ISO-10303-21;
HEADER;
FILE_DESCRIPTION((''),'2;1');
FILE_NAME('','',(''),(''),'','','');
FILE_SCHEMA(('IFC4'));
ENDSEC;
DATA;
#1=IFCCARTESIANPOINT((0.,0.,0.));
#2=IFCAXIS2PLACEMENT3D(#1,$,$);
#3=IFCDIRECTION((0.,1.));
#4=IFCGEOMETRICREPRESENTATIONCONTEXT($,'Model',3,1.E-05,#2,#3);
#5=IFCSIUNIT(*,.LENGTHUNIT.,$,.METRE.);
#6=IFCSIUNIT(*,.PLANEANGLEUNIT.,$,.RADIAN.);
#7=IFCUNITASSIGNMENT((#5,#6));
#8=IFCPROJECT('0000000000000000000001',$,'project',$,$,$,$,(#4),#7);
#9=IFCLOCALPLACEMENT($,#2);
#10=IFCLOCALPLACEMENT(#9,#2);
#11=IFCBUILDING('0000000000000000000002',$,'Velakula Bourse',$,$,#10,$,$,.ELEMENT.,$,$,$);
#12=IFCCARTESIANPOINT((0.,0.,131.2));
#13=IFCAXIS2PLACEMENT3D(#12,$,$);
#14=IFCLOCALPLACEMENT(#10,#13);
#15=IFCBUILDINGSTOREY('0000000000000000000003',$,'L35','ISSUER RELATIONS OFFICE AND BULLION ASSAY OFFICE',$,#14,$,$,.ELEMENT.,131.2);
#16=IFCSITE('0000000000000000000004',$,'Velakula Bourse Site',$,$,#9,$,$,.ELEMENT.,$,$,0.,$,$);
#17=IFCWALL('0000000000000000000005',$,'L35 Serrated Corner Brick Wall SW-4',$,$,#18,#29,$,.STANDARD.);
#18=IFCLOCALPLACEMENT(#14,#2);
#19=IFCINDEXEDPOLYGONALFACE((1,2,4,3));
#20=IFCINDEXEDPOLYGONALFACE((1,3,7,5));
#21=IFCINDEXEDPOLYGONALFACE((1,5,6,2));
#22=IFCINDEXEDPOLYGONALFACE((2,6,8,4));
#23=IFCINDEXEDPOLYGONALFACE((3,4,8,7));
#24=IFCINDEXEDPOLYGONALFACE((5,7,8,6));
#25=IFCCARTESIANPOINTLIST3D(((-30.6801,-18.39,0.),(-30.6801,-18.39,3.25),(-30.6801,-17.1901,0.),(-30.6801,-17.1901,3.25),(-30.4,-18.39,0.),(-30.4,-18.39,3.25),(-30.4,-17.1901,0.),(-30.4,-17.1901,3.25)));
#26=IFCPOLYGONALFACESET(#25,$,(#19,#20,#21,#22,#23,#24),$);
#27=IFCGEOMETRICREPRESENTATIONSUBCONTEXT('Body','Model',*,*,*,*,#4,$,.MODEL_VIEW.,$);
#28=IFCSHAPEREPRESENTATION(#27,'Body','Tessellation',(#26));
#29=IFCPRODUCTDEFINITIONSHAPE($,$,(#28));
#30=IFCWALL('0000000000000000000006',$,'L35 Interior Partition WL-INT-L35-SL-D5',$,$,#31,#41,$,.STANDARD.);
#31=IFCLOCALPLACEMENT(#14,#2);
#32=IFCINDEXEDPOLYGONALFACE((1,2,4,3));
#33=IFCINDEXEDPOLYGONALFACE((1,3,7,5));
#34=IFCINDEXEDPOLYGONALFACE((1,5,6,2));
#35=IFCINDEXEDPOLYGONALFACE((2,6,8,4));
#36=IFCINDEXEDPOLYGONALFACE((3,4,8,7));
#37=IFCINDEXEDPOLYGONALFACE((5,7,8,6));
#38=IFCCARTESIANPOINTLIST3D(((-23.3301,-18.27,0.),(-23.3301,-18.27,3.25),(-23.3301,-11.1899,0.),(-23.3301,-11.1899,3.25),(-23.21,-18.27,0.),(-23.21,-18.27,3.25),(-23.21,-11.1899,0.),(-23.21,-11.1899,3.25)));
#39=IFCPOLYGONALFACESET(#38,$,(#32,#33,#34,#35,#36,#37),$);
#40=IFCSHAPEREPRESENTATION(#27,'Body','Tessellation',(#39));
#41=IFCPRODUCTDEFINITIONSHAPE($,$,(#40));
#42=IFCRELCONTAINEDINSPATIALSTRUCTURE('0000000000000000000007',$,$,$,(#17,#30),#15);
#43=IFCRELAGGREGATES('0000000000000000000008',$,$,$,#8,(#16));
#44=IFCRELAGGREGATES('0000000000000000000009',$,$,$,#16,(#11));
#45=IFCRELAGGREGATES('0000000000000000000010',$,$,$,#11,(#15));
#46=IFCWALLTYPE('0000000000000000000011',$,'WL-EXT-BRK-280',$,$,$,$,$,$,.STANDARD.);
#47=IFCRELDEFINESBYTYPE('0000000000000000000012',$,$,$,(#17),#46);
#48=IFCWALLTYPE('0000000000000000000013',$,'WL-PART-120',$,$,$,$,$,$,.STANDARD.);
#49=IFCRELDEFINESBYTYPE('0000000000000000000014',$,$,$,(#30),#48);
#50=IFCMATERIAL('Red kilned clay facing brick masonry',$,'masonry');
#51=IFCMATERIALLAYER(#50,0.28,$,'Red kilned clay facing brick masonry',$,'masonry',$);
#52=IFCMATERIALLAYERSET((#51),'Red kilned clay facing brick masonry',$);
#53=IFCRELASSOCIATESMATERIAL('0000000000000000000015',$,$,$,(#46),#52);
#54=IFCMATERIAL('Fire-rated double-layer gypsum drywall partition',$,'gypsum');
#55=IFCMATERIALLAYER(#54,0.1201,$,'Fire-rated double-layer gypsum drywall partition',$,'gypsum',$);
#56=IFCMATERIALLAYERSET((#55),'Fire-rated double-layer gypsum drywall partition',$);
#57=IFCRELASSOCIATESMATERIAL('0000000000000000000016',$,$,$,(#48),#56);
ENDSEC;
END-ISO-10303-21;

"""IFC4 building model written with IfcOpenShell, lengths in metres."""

from ifc_helpers import new_model, si_unit, direction, frame, frame_2d, origin, place, context, subcontext, project, spatial, rectangle, extrude, material, layer, layer_set, type_object, element, save


model = new_model("IFC4")

# Units and contexts
model_context = context("Model", 3, precision=1e-05, world=origin(), true_north=direction((0.0, 1.0)))
body_context = subcontext(model_context, "Body", "Model", "MODEL_VIEW")
ifc_project = project(units=[si_unit("LENGTHUNIT", "METRE"), si_unit("PLANEANGLEUNIT", "RADIAN")], contexts=[model_context])

# Site, building, storey
site_placement = place(None, origin())
site = spatial("IfcSite", under=ifc_project, at=site_placement, Name="Velakula Bourse Site", CompositionType="ELEMENT", RefElevation=0.0)
building_placement = place(site_placement, origin())
building = spatial("IfcBuilding", under=site, at=building_placement, Name="Velakula Bourse", CompositionType="ELEMENT")
storey_placement = place(building_placement, frame((0.0, 0.0, 131.2)))
storey = spatial("IfcBuildingStorey", under=building, at=storey_placement, Name="L35", Description="ISSUER RELATIONS OFFICE AND BULLION ASSAY OFFICE", CompositionType="ELEMENT", Elevation=131.2)

# Shared definitions
ifc_material_1 = material(Name="Red kilned clay facing brick masonry", Category="masonry")
ifc_layer_1 = layer(ifc_material_1, 0.28, Name="Red kilned clay facing brick masonry", Category="masonry")
ifc_layer_set_1 = layer_set([ifc_layer_1], Name="Red kilned clay facing brick masonry")
wall_type_1 = type_object("IfcWallType", Name="WL-EXT-BRK-280", PredefinedType="STANDARD", material=ifc_layer_set_1)

# Walls
for number, where, z_axis, x_axis, name in (
    (1, (-30.54, -17.1899, 0.0), (0.0, 0.0, 1.0), (0.0, -1.0, 0.0), "L35 Serrated Corner Brick Wall SW-4"),
):
    element("IfcWall", number, at=place(storey_placement, frame(where, z_axis=z_axis, x_axis=x_axis)), inside=storey, type_object=wall_type_1, Name=name, PredefinedType="STANDARD", context=body_context, shape_type="SweptSolid", body=[
        extrude(rectangle(XDim=1.2, YDim=0.28, at=frame_2d((0.6001, 0.0))), origin(), (0.0, 0.0, 1.0), 3.25),
    ])
ifc_material_2 = material(Name="Fire-rated double-layer gypsum drywall partition", Category="gypsum")
ifc_layer_2 = layer(ifc_material_2, 0.1201, Name="Fire-rated double-layer gypsum drywall partition", Category="gypsum")
ifc_layer_set_2 = layer_set([ifc_layer_2], Name="Fire-rated double-layer gypsum drywall partition")
wall_type_2 = type_object("IfcWallType", Name="WL-PART-120", PredefinedType="STANDARD", material=ifc_layer_set_2)
wall_1_placement = place(storey_placement, frame((-23.27, -18.27, 0.0), z_axis=(0.0, 0.0, 1.0), x_axis=(0.0, 1.0, 0.0)))
element("IfcWall", 2, at=wall_1_placement, inside=storey, type_object=wall_type_2, Name="L35 Interior Partition WL-INT-L35-SL-D5", PredefinedType="STANDARD", context=body_context, shape_type="SweptSolid", body=[
    extrude(rectangle(XDim=7.0801, YDim=0.1201, at=frame_2d((3.54, 0.0))), origin(), (0.0, 0.0, 1.0), 3.25),
])

save(model, "model.ifc")
